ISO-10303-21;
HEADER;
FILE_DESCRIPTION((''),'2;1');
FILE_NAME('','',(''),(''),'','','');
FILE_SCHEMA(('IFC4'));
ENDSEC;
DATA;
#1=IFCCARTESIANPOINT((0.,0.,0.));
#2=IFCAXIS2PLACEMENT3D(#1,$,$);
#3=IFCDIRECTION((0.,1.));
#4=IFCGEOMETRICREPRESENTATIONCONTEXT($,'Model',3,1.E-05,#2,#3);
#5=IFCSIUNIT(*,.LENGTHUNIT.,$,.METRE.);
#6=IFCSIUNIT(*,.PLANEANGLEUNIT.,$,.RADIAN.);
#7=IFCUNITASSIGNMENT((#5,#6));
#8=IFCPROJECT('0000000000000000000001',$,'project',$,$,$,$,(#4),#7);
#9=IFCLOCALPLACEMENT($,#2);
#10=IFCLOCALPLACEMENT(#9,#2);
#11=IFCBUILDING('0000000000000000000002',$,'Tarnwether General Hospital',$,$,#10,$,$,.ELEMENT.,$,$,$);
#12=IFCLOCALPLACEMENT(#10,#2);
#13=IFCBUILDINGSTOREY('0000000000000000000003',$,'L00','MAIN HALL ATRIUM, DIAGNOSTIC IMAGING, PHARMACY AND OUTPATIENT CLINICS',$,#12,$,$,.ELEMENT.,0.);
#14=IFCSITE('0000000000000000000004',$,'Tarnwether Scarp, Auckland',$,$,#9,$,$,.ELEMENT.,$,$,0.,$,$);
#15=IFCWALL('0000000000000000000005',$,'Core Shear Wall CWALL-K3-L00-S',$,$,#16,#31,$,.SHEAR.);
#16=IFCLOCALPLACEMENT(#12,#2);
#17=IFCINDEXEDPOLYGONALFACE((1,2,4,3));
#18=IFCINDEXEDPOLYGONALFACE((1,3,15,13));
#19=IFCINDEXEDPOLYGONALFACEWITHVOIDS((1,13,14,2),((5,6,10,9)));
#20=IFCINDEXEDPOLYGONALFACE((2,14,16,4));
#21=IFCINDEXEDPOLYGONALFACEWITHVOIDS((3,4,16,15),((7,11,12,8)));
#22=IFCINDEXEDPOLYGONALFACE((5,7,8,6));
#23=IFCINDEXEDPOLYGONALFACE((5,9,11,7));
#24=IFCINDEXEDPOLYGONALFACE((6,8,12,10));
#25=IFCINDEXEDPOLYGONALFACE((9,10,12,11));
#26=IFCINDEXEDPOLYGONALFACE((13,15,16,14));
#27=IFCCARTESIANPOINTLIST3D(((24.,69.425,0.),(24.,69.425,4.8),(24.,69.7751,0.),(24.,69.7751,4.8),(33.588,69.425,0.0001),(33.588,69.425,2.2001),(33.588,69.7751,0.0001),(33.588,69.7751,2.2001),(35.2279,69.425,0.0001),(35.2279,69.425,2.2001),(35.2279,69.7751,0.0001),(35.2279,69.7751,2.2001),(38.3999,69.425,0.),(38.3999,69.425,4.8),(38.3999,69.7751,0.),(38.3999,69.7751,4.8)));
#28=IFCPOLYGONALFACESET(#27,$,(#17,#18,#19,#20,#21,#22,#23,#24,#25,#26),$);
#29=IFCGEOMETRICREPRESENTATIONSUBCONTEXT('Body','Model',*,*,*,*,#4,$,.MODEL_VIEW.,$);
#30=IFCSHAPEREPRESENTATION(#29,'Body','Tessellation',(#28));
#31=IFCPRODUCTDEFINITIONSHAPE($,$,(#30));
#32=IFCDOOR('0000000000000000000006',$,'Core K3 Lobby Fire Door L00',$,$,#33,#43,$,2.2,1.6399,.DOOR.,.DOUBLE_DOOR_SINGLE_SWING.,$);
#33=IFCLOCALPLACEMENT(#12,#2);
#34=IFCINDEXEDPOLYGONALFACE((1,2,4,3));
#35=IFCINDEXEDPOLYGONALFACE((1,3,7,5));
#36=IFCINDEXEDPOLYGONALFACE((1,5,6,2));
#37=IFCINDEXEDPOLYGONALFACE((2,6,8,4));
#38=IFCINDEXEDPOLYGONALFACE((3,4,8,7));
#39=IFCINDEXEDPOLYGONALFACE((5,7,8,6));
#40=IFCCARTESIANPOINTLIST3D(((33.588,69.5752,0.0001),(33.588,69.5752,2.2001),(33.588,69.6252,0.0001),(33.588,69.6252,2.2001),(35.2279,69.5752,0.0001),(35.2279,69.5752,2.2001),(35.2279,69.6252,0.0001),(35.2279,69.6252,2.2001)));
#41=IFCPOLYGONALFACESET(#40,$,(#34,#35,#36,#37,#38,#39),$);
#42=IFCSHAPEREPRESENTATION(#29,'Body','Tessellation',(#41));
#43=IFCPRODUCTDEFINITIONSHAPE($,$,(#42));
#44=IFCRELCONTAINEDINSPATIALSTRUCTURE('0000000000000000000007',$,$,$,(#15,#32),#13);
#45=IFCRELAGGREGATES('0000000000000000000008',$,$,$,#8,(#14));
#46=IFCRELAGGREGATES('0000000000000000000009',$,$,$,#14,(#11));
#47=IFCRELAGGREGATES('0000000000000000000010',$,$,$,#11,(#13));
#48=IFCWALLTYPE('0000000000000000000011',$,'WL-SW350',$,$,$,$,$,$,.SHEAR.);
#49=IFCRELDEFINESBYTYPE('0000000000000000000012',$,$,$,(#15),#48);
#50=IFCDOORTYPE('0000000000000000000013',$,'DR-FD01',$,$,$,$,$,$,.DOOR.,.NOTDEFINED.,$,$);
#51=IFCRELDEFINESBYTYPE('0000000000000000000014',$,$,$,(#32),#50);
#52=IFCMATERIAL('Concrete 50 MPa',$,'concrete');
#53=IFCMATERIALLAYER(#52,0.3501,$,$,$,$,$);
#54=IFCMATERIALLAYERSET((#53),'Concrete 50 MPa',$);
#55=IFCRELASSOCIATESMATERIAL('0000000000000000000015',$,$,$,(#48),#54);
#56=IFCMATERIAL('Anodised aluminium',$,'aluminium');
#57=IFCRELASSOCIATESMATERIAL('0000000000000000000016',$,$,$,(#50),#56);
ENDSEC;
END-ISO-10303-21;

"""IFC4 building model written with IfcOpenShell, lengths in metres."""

from ifc_helpers import new_model, si_unit, direction, frame, frame_2d, origin, place, context, subcontext, project, spatial, rectangle, extrude, material, layer, layer_set, type_object, element, fill, save


model = new_model("IFC4")

# Units and contexts
model_context = context("Model", 3, precision=1e-05, world=origin(), true_north=direction((0.0, 1.0)))
body_context = subcontext(model_context, "Body", "Model", "MODEL_VIEW")
ifc_project = project(units=[si_unit("LENGTHUNIT", "METRE"), si_unit("PLANEANGLEUNIT", "RADIAN")], contexts=[model_context])

# Site, building, storey
site_placement = place(None, origin())
site = spatial("IfcSite", under=ifc_project, at=site_placement, Name="Tarnwether Scarp, Auckland", CompositionType="ELEMENT", RefElevation=0.0)
building_placement = place(site_placement, origin())
building = spatial("IfcBuilding", under=site, at=building_placement, Name="Tarnwether General Hospital", CompositionType="ELEMENT")
storey_placement = place(building_placement, origin())
storey = spatial("IfcBuildingStorey", under=building, at=storey_placement, Name="L00", Description="MAIN HALL ATRIUM, DIAGNOSTIC IMAGING, PHARMACY AND OUTPATIENT CLINICS", CompositionType="ELEMENT", Elevation=0.0)

# Wall, opening, door
ifc_material_1 = material(Name="Concrete 50 MPa", Category="concrete")
ifc_layer_1 = layer(ifc_material_1, 0.3501)
ifc_layer_set_1 = layer_set([ifc_layer_1], Name="Concrete 50 MPa")
wall_type_1 = type_object("IfcWallType", Name="WL-SW350", PredefinedType="SHEAR", material=ifc_layer_set_1)
wall_1_placement = place(storey_placement, frame((38.3999, 69.6001, 0.0), z_axis=(0.0, 0.0, 1.0), x_axis=(-1.0, 0.0, 0.0)))
wall_1 = element("IfcWall", 1, at=wall_1_placement, inside=storey, type_object=wall_type_1, Name="Core Shear Wall CWALL-K3-L00-S", PredefinedType="SHEAR", context=body_context, shape_type="SweptSolid", body=[
    extrude(rectangle(XDim=14.3999, YDim=0.3501, at=frame_2d((7.2, 0.0))), origin(), (0.0, 0.0, 1.0), 4.8),
])
opening_1_placement = place(wall_1_placement, frame((3.1721, 0.0, 0.0)))
opening_1 = element("IfcOpeningElement", 2, at=opening_1_placement, cuts=wall_1, PredefinedType="OPENING", context=body_context, shape_type="SweptSolid", body=[
    extrude(rectangle(XDim=1.6399, YDim=2.2, at=frame_2d((0.8198, 1.1001))), frame((0.0, 0.1851, 0.0), z_axis=(0.0, -1.0, 0.0), x_axis=(1.0, 0.0, 0.0)), (0.0, 0.0, 1.0), 0.3701),
])
ifc_material_2 = material(Name="Anodised aluminium", Category="aluminium")
door_type_1 = type_object("IfcDoorType", Name="DR-FD01", OperationType="NOTDEFINED", PredefinedType="DOOR", material=ifc_material_2)
door_1_placement = place(opening_1_placement, origin())
door_1 = element("IfcDoor", 3, at=door_1_placement, inside=storey, type_object=door_type_1, Name="Core K3 Lobby Fire Door L00", OperationType="DOUBLE_DOOR_SINGLE_SWING", OverallHeight=2.2, OverallWidth=1.6399, PredefinedType="DOOR", context=body_context, shape_type="SweptSolid", body=[
    extrude(rectangle(XDim=1.6399, YDim=2.2, at=frame_2d((0.8198, 1.1001))), frame((0.0, 0.0249, 0.0), z_axis=(0.0, -1.0, 0.0), x_axis=(1.0, 0.0, 0.0)), (0.0, 0.0, 1.0), 0.05),
])
fill(opening_1, door_1)

save(model, "model.ifc")
